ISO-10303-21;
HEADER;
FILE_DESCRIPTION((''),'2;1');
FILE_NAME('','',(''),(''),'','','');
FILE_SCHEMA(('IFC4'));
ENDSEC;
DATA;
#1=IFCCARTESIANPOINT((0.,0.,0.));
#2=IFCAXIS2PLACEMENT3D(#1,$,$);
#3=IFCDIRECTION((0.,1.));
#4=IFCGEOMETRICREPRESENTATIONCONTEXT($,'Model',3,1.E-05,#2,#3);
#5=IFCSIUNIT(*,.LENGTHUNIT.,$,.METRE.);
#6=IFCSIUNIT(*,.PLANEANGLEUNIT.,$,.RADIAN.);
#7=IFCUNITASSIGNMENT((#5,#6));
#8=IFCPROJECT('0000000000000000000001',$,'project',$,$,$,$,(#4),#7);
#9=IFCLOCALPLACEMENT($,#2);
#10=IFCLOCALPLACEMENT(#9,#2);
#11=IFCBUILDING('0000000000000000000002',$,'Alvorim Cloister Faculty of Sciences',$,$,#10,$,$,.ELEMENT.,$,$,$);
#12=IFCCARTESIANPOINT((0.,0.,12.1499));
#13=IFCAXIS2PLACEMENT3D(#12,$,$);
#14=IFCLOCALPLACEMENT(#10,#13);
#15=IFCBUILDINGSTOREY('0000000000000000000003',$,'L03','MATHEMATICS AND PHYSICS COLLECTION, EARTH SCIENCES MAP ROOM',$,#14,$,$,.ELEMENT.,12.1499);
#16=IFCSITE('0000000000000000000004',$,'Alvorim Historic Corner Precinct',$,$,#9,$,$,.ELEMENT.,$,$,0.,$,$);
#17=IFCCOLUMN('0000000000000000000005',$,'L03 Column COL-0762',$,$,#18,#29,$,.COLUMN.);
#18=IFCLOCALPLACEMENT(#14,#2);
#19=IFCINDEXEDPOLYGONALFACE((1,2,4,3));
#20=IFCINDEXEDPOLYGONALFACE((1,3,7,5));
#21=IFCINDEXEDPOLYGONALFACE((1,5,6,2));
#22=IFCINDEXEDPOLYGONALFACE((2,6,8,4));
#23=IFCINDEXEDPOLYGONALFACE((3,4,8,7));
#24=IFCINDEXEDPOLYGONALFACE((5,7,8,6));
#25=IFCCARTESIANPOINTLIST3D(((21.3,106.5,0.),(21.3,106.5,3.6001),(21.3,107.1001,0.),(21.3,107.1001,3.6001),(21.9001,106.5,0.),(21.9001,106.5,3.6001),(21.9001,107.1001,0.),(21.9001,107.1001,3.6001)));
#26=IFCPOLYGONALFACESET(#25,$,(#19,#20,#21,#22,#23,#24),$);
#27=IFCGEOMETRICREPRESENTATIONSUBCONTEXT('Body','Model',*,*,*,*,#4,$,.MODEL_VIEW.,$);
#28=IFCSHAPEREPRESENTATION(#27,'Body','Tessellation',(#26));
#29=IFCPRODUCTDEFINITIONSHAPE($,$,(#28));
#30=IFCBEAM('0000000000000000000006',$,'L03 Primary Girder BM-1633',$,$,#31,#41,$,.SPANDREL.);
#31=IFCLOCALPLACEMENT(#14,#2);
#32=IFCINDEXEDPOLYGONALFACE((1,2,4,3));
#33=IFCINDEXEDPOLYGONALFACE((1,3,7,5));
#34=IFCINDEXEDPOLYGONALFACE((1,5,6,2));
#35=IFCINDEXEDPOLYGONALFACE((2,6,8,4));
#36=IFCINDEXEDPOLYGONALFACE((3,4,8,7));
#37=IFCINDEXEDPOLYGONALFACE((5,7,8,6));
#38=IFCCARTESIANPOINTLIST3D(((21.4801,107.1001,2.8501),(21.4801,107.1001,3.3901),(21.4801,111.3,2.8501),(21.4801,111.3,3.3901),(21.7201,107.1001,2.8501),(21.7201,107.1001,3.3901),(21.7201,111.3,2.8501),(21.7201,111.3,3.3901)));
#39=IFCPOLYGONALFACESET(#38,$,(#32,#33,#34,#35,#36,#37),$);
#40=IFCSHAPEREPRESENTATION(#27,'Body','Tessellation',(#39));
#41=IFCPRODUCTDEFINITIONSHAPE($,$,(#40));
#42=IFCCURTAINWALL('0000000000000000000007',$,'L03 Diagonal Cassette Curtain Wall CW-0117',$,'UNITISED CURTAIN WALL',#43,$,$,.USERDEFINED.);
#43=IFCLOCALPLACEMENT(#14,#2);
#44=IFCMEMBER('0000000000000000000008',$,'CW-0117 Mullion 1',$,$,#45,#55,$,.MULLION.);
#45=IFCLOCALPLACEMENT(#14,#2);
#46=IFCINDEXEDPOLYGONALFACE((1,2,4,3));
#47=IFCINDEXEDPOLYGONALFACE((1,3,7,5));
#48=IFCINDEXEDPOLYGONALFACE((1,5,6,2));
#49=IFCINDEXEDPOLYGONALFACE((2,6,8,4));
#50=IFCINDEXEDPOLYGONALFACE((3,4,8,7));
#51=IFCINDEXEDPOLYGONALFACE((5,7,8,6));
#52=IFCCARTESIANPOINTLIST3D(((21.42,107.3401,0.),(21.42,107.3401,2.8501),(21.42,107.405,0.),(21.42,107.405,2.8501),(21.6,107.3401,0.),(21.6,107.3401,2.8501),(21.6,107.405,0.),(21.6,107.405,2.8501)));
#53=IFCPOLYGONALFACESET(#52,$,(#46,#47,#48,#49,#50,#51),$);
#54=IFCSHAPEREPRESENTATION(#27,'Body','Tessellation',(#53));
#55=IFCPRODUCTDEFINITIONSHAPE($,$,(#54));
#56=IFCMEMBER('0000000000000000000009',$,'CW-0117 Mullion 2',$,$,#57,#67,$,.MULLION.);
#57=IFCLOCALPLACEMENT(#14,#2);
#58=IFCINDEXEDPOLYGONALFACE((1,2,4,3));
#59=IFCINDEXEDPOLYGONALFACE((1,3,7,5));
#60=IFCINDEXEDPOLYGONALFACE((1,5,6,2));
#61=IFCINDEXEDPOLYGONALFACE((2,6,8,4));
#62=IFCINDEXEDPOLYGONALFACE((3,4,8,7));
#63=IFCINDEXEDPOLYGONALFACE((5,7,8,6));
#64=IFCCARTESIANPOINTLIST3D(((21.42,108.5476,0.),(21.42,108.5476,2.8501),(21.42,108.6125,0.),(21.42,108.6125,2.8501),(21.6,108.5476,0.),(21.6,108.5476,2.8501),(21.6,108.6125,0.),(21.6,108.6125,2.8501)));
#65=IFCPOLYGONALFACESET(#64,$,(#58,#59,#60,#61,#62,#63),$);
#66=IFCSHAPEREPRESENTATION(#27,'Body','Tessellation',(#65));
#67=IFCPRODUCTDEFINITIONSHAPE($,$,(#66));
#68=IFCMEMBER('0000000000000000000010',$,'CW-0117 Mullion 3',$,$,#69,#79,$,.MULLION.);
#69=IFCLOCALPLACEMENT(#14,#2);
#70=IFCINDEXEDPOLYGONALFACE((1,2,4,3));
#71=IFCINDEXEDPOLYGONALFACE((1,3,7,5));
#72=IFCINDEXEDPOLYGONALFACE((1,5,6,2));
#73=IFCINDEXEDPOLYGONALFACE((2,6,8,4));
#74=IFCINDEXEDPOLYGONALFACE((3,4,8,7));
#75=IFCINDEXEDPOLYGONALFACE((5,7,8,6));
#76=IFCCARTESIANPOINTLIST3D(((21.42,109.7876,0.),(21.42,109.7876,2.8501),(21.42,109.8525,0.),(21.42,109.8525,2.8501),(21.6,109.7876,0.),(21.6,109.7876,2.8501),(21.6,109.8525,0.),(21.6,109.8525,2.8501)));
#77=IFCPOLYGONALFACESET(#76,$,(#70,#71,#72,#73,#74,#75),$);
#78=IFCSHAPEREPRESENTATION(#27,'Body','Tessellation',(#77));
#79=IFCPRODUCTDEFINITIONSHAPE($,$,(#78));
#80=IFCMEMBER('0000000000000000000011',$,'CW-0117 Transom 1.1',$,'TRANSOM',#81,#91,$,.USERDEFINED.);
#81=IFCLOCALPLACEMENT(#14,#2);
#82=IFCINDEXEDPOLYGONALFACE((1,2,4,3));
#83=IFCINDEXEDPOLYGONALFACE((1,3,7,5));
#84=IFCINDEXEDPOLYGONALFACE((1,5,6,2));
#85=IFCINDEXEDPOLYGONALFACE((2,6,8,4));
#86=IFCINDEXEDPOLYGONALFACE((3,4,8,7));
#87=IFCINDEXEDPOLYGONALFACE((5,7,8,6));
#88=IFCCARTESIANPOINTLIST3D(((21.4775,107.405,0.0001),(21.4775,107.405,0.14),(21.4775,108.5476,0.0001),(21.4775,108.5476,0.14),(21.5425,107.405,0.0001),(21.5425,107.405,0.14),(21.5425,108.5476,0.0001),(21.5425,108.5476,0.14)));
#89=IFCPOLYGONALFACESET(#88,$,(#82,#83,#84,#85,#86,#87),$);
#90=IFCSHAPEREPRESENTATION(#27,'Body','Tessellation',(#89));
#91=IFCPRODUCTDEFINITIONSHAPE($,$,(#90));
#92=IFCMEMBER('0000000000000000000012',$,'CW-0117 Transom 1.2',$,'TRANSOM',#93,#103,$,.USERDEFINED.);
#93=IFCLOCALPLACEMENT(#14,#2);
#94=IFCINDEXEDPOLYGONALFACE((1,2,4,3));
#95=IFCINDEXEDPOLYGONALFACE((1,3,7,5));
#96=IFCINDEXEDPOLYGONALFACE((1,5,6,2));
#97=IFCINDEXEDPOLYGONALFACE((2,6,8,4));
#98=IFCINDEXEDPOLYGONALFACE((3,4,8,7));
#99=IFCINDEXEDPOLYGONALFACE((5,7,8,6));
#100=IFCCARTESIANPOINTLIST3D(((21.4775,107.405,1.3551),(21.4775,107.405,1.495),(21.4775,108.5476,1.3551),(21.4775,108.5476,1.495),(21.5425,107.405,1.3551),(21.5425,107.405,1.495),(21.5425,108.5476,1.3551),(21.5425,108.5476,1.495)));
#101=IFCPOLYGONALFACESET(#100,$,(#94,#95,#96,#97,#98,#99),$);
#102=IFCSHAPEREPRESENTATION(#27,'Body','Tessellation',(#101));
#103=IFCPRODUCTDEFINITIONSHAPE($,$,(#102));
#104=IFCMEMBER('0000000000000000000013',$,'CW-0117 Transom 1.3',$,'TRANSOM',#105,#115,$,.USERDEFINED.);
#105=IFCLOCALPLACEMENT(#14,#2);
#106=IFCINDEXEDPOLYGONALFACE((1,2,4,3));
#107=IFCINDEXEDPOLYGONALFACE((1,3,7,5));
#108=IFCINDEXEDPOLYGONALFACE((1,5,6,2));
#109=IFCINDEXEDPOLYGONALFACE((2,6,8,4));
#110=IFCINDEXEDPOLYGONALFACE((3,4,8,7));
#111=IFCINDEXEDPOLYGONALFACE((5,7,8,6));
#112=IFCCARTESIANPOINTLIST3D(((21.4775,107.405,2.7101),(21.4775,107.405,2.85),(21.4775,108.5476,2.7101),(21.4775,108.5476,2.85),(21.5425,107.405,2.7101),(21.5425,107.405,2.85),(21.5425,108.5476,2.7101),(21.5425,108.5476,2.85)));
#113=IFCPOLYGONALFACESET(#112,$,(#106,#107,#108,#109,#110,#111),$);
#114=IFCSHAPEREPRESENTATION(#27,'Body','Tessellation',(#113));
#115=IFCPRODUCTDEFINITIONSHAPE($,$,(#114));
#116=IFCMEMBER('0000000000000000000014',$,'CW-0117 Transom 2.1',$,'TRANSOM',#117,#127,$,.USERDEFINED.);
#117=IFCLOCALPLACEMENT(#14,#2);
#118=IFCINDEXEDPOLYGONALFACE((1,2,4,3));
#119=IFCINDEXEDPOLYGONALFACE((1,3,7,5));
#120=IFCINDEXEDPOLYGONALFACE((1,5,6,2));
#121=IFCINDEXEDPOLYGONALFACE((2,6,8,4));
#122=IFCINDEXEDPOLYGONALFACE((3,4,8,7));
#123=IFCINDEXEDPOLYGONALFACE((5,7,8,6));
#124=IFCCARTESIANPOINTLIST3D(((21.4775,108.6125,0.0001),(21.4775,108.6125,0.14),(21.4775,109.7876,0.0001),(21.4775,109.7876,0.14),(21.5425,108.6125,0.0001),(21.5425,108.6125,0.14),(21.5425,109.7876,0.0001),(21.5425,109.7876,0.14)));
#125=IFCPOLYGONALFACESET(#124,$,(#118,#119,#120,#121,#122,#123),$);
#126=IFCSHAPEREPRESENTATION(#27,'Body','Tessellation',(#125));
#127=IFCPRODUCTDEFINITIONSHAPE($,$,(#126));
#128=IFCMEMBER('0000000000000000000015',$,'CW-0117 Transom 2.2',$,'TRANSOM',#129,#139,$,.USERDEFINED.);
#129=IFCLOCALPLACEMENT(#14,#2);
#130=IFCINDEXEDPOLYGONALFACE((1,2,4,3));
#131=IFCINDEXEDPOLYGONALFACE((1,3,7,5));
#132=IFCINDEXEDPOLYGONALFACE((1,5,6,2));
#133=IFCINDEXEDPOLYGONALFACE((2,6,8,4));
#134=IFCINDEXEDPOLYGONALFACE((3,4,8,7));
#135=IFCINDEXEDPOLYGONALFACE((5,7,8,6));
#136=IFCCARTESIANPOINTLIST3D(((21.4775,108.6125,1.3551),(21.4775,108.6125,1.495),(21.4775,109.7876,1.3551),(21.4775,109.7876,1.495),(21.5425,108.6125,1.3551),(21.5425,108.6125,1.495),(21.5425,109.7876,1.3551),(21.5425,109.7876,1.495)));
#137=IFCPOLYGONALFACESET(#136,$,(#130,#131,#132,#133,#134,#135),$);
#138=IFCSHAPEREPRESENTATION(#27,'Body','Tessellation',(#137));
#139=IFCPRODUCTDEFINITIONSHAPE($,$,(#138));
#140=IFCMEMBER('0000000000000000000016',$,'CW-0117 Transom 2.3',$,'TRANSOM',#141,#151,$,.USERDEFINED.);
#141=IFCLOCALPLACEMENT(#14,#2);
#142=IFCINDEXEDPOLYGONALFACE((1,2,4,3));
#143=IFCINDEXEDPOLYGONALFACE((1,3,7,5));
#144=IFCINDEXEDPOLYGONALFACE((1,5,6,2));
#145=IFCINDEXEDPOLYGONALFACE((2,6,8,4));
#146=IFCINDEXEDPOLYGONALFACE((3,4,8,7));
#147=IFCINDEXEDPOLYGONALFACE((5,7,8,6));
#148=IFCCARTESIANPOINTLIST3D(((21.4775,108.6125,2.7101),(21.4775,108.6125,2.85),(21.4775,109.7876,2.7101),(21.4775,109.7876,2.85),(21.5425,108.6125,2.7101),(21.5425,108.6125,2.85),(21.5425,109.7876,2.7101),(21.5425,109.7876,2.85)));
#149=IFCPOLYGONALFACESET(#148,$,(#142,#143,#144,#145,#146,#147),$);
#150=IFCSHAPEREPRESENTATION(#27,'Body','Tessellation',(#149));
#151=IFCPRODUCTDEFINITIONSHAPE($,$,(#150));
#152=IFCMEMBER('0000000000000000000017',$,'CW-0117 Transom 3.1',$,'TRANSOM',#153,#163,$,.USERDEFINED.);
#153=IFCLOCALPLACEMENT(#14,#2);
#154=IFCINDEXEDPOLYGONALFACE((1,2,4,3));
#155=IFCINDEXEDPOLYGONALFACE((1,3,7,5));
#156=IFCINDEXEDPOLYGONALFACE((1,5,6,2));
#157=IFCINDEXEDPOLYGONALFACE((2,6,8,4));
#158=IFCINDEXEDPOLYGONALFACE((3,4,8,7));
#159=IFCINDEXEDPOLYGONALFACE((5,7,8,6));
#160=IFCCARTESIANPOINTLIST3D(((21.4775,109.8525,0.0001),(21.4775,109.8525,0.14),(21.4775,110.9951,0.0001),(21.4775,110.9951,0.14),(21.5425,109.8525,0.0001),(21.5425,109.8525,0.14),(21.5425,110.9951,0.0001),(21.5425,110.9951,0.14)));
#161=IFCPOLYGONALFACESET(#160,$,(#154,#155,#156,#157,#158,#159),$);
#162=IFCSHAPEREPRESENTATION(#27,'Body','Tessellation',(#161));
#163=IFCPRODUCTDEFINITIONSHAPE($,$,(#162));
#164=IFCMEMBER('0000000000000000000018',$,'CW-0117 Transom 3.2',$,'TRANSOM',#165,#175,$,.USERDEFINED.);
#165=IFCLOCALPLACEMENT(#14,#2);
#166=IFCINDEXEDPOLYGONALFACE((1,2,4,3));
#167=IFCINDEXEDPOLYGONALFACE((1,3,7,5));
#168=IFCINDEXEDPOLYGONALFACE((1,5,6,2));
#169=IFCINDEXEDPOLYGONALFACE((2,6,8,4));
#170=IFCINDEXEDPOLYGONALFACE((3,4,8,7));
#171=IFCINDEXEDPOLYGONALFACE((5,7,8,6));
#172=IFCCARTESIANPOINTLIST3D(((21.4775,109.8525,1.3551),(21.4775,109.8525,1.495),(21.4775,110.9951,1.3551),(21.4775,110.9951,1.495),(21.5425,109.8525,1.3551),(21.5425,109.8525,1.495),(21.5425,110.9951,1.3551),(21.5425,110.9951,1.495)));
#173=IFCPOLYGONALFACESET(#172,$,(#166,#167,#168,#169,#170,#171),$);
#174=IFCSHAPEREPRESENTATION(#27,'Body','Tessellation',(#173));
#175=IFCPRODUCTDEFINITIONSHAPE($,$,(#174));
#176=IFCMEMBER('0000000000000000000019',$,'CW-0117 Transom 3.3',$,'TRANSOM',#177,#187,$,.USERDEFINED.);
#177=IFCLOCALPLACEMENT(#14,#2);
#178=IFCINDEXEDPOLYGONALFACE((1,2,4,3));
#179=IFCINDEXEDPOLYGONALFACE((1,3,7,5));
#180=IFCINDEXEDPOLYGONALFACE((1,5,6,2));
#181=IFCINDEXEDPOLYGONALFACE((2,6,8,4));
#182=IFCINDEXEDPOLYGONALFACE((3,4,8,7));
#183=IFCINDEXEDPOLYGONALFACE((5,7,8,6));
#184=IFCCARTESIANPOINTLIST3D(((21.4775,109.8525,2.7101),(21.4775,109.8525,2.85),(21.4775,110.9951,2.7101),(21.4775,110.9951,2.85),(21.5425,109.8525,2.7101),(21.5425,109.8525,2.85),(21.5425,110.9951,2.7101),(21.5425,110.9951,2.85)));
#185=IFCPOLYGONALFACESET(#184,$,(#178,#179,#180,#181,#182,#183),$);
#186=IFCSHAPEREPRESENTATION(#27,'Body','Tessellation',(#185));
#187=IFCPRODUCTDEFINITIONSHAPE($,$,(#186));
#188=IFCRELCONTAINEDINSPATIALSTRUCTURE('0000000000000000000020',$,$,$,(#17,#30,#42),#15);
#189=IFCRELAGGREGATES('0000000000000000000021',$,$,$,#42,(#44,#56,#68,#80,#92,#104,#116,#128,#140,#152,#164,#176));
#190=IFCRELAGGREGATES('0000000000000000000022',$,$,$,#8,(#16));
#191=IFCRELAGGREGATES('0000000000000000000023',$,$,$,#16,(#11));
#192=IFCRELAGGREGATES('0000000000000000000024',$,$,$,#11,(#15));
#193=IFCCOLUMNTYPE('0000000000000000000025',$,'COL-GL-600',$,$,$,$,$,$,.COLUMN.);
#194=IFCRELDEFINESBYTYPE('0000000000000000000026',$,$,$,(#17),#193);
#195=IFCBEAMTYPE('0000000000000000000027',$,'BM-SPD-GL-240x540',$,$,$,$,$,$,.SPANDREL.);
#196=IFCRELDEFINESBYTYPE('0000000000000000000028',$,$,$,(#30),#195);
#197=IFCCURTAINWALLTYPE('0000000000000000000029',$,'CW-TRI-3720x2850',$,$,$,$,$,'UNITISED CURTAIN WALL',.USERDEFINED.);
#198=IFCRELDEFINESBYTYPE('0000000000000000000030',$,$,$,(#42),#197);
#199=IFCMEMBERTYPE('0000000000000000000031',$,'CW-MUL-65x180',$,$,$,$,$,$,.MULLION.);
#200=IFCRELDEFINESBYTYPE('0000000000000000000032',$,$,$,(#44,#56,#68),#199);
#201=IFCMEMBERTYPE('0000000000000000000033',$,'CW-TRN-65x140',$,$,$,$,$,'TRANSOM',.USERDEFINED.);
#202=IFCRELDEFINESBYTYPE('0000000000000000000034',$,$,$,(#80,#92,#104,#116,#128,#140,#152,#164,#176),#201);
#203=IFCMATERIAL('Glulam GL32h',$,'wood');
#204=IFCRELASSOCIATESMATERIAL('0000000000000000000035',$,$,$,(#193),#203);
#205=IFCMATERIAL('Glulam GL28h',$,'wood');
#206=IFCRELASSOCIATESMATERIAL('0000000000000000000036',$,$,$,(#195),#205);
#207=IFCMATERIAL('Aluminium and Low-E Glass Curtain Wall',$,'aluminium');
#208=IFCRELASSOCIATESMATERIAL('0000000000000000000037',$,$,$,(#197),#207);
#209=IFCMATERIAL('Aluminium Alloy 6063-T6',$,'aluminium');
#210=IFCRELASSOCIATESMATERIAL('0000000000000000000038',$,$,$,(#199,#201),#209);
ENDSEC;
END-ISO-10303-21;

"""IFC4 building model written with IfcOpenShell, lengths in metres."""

from ifc_helpers import new_model, si_unit, direction, frame, origin, origin_2d, place, context, subcontext, project, spatial, rectangle, extrude, material, material_profile, profile_set, type_object, element, aggregate, save


model = new_model("IFC4")

# Units and contexts
model_context = context("Model", 3, precision=1e-05, world=origin(), true_north=direction((0.0, 1.0)))
body_context = subcontext(model_context, "Body", "Model", "MODEL_VIEW")
ifc_project = project(units=[si_unit("LENGTHUNIT", "METRE"), si_unit("PLANEANGLEUNIT", "RADIAN")], contexts=[model_context])

# Site, building, storey
site_placement = place(None, origin())
site = spatial("IfcSite", under=ifc_project, at=site_placement, Name="Alvorim Historic Corner Precinct", CompositionType="ELEMENT", RefElevation=0.0)
building_placement = place(site_placement, origin())
building = spatial("IfcBuilding", under=site, at=building_placement, Name="Alvorim Cloister Faculty of Sciences", CompositionType="ELEMENT")
storey_placement = place(building_placement, frame((0.0, 0.0, 12.1499)))
storey = spatial("IfcBuildingStorey", under=building, at=storey_placement, Name="L03", Description="MATHEMATICS AND PHYSICS COLLECTION, EARTH SCIENCES MAP ROOM", CompositionType="ELEMENT", Elevation=12.1499)

# Column
ifc_material_1 = material(Name="Glulam GL32h", Category="wood")
ifc_material_profile_1 = material_profile(ifc_material_1, rectangle(XDim=0.6001, YDim=0.6001, at=origin_2d()), Name="GL32-COL-600x600")
ifc_profile_set_1 = profile_set([ifc_material_profile_1], Name="Glulam GL32h")
column_type = type_object("IfcColumnType", Name="COL-GL-600", PredefinedType="COLUMN", material=ifc_profile_set_1)
column_placement = place(storey_placement, frame((21.6001, 106.8, 0.0), z_axis=(0.0, 0.0, 1.0), x_axis=(1.0, 0.0, 0.0)))
element("IfcColumn", 1, at=column_placement, inside=storey, type_object=column_type, Name="L03 Column COL-0762", PredefinedType="COLUMN", context=body_context, shape_type="SweptSolid", body=[
    extrude(rectangle(XDim=0.6001, YDim=0.6001, at=origin_2d()), origin(), (0.0, 0.0, 1.0), 3.6001),
])

# Beam
ifc_material_2 = material(Name="Glulam GL28h", Category="wood")
ifc_material_profile_2 = material_profile(ifc_material_2, rectangle(XDim=0.24, YDim=0.54, at=origin_2d()), Name="GL28-SPD-240x540")
ifc_profile_set_2 = profile_set([ifc_material_profile_2], Name="Glulam GL28h")
beam_type = type_object("IfcBeamType", Name="BM-SPD-GL-240x540", PredefinedType="SPANDREL", material=ifc_profile_set_2)
beam_placement = place(storey_placement, frame((21.6001, 107.1001, 3.1201), z_axis=(0.0, 1.0, 0.0), x_axis=(-1.0, 0.0, 0.0)))
element("IfcBeam", 2, at=beam_placement, inside=storey, type_object=beam_type, Name="L03 Primary Girder BM-1633", PredefinedType="SPANDREL", context=body_context, shape_type="SweptSolid", body=[
    extrude(rectangle(XDim=0.24, YDim=0.54, at=origin_2d()), origin(), (0.0, 0.0, 1.0), 4.2),
])

# Curtain wall, members
ifc_material_3 = material(Name="Aluminium and Low-E Glass Curtain Wall", Category="aluminium")
curtain_wall_type = type_object("IfcCurtainWallType", Name="CW-TRI-3720x2850", ElementType="UNITISED CURTAIN WALL", PredefinedType="USERDEFINED", material=ifc_material_3)
curtain_wall_placement = place(storey_placement, origin())
curtain_wall = element("IfcCurtainWall", 3, at=curtain_wall_placement, inside=storey, type_object=curtain_wall_type, Name="L03 Diagonal Cassette Curtain Wall CW-0117", ObjectType="UNITISED CURTAIN WALL", PredefinedType="USERDEFINED")
ifc_material_4 = material(Name="Aluminium Alloy 6063-T6", Category="aluminium")
ifc_material_profile_3 = material_profile(ifc_material_4, rectangle(XDim=0.0649, YDim=0.1799, at=origin_2d()), Name="ALU-MUL-65x180")
ifc_profile_set_3 = profile_set([ifc_material_profile_3], Name="Aluminium Alloy 6063-T6")
member_type_1 = type_object("IfcMemberType", Name="CW-MUL-65x180", PredefinedType="MULLION", material=ifc_profile_set_3)
member_1_placement = place(storey_placement, frame((21.51, 107.3726, 0.0), z_axis=(0.0, 0.0, 1.0), x_axis=(0.0, 1.0, 0.0)))
member_1 = element("IfcMember", 4, at=member_1_placement, type_object=member_type_1, Name="CW-0117 Mullion 1", PredefinedType="MULLION", context=body_context, shape_type="SweptSolid", body=[
    extrude(rectangle(XDim=0.0649, YDim=0.1799, at=origin_2d()), origin(), (0.0, 0.0, 1.0), 2.8501),
])
member_2_placement = place(storey_placement, frame((21.51, 108.5801, 0.0), z_axis=(0.0, 0.0, 1.0), x_axis=(0.0, 1.0, 0.0)))
member_2 = element("IfcMember", 5, at=member_2_placement, type_object=member_type_1, Name="CW-0117 Mullion 2", PredefinedType="MULLION", context=body_context, shape_type="SweptSolid", body=[
    extrude(rectangle(XDim=0.0649, YDim=0.1799, at=origin_2d()), origin(), (0.0, 0.0, 1.0), 2.8501),
])
member_3_placement = place(storey_placement, frame((21.51, 109.8201, 0.0), z_axis=(0.0, 0.0, 1.0), x_axis=(0.0, 1.0, 0.0)))
member_3 = element("IfcMember", 6, at=member_3_placement, type_object=member_type_1, Name="CW-0117 Mullion 3", PredefinedType="MULLION", context=body_context, shape_type="SweptSolid", body=[
    extrude(rectangle(XDim=0.0649, YDim=0.1799, at=origin_2d()), origin(), (0.0, 0.0, 1.0), 2.8501),
])
ifc_material_profile_4 = material_profile(ifc_material_4, rectangle(XDim=0.0649, YDim=0.1399, at=origin_2d()), Name="ALU-TRN-65x140")
ifc_profile_set_4 = profile_set([ifc_material_profile_4], Name="Aluminium Alloy 6063-T6")
member_type_2 = type_object("IfcMemberType", Name="CW-TRN-65x140", ElementType="TRANSOM", PredefinedType="USERDEFINED", material=ifc_profile_set_4)
member_4_placement = place(storey_placement, frame((21.51, 107.405, 0.0701), z_axis=(0.0, 1.0, 0.0), x_axis=(-1.0, 0.0, 0.0)))
member_4 = element("IfcMember", 7, at=member_4_placement, type_object=member_type_2, Name="CW-0117 Transom 1.1", ObjectType="TRANSOM", PredefinedType="USERDEFINED", context=body_context, shape_type="SweptSolid", body=[
    extrude(rectangle(XDim=0.0649, YDim=0.1399, at=origin_2d()), origin(), (0.0, 0.0, 1.0), 1.1426),
])
member_5_placement = place(storey_placement, frame((21.51, 107.405, 1.425), z_axis=(0.0, 1.0, 0.0), x_axis=(-1.0, 0.0, 0.0)))
member_5 = element("IfcMember", 8, at=member_5_placement, type_object=member_type_2, Name="CW-0117 Transom 1.2", ObjectType="TRANSOM", PredefinedType="USERDEFINED", context=body_context, shape_type="SweptSolid", body=[
    extrude(rectangle(XDim=0.0649, YDim=0.1399, at=origin_2d()), origin(), (0.0, 0.0, 1.0), 1.1426),
])
member_6_placement = place(storey_placement, frame((21.51, 107.405, 2.78), z_axis=(0.0, 1.0, 0.0), x_axis=(-1.0, 0.0, 0.0)))
member_6 = element("IfcMember", 9, at=member_6_placement, type_object=member_type_2, Name="CW-0117 Transom 1.3", ObjectType="TRANSOM", PredefinedType="USERDEFINED", context=body_context, shape_type="SweptSolid", body=[
    extrude(rectangle(XDim=0.0649, YDim=0.1399, at=origin_2d()), origin(), (0.0, 0.0, 1.0), 1.1426),
])
member_7_placement = place(storey_placement, frame((21.51, 108.6125, 0.0701), z_axis=(0.0, 1.0, 0.0), x_axis=(-1.0, 0.0, 0.0)))
member_7 = element("IfcMember", 10, at=member_7_placement, type_object=member_type_2, Name="CW-0117 Transom 2.1", ObjectType="TRANSOM", PredefinedType="USERDEFINED", context=body_context, shape_type="SweptSolid", body=[
    extrude(rectangle(XDim=0.0649, YDim=0.1399, at=origin_2d()), origin(), (0.0, 0.0, 1.0), 1.175),
])
member_8_placement = place(storey_placement, frame((21.51, 108.6125, 1.425), z_axis=(0.0, 1.0, 0.0), x_axis=(-1.0, 0.0, 0.0)))
member_8 = element("IfcMember", 11, at=member_8_placement, type_object=member_type_2, Name="CW-0117 Transom 2.2", ObjectType="TRANSOM", PredefinedType="USERDEFINED", context=body_context, shape_type="SweptSolid", body=[
    extrude(rectangle(XDim=0.0649, YDim=0.1399, at=origin_2d()), origin(), (0.0, 0.0, 1.0), 1.175),
])
member_9_placement = place(storey_placement, frame((21.51, 108.6125, 2.78), z_axis=(0.0, 1.0, 0.0), x_axis=(-1.0, 0.0, 0.0)))
member_9 = element("IfcMember", 12, at=member_9_placement, type_object=member_type_2, Name="CW-0117 Transom 2.3", ObjectType="TRANSOM", PredefinedType="USERDEFINED", context=body_context, shape_type="SweptSolid", body=[
    extrude(rectangle(XDim=0.0649, YDim=0.1399, at=origin_2d()), origin(), (0.0, 0.0, 1.0), 1.175),
])
member_10_placement = place(storey_placement, frame((21.51, 109.8525, 0.0701), z_axis=(0.0, 1.0, 0.0), x_axis=(-1.0, 0.0, 0.0)))
member_10 = element("IfcMember", 13, at=member_10_placement, type_object=member_type_2, Name="CW-0117 Transom 3.1", ObjectType="TRANSOM", PredefinedType="USERDEFINED", context=body_context, shape_type="SweptSolid", body=[
    extrude(rectangle(XDim=0.0649, YDim=0.1399, at=origin_2d()), origin(), (0.0, 0.0, 1.0), 1.1426),
])
member_11_placement = place(storey_placement, frame((21.51, 109.8525, 1.425), z_axis=(0.0, 1.0, 0.0), x_axis=(-1.0, 0.0, 0.0)))
member_11 = element("IfcMember", 14, at=member_11_placement, type_object=member_type_2, Name="CW-0117 Transom 3.2", ObjectType="TRANSOM", PredefinedType="USERDEFINED", context=body_context, shape_type="SweptSolid", body=[
    extrude(rectangle(XDim=0.0649, YDim=0.1399, at=origin_2d()), origin(), (0.0, 0.0, 1.0), 1.1426),
])
member_12_placement = place(storey_placement, frame((21.51, 109.8525, 2.78), z_axis=(0.0, 1.0, 0.0), x_axis=(-1.0, 0.0, 0.0)))
member_12 = element("IfcMember", 15, at=member_12_placement, type_object=member_type_2, Name="CW-0117 Transom 3.3", ObjectType="TRANSOM", PredefinedType="USERDEFINED", context=body_context, shape_type="SweptSolid", body=[
    extrude(rectangle(XDim=0.0649, YDim=0.1399, at=origin_2d()), origin(), (0.0, 0.0, 1.0), 1.1426),
])
aggregate(curtain_wall, [member_1, member_2, member_3, member_4, member_5, member_6, member_7, member_8, member_9, member_10, member_11, member_12])

save(model, "model.ifc")
